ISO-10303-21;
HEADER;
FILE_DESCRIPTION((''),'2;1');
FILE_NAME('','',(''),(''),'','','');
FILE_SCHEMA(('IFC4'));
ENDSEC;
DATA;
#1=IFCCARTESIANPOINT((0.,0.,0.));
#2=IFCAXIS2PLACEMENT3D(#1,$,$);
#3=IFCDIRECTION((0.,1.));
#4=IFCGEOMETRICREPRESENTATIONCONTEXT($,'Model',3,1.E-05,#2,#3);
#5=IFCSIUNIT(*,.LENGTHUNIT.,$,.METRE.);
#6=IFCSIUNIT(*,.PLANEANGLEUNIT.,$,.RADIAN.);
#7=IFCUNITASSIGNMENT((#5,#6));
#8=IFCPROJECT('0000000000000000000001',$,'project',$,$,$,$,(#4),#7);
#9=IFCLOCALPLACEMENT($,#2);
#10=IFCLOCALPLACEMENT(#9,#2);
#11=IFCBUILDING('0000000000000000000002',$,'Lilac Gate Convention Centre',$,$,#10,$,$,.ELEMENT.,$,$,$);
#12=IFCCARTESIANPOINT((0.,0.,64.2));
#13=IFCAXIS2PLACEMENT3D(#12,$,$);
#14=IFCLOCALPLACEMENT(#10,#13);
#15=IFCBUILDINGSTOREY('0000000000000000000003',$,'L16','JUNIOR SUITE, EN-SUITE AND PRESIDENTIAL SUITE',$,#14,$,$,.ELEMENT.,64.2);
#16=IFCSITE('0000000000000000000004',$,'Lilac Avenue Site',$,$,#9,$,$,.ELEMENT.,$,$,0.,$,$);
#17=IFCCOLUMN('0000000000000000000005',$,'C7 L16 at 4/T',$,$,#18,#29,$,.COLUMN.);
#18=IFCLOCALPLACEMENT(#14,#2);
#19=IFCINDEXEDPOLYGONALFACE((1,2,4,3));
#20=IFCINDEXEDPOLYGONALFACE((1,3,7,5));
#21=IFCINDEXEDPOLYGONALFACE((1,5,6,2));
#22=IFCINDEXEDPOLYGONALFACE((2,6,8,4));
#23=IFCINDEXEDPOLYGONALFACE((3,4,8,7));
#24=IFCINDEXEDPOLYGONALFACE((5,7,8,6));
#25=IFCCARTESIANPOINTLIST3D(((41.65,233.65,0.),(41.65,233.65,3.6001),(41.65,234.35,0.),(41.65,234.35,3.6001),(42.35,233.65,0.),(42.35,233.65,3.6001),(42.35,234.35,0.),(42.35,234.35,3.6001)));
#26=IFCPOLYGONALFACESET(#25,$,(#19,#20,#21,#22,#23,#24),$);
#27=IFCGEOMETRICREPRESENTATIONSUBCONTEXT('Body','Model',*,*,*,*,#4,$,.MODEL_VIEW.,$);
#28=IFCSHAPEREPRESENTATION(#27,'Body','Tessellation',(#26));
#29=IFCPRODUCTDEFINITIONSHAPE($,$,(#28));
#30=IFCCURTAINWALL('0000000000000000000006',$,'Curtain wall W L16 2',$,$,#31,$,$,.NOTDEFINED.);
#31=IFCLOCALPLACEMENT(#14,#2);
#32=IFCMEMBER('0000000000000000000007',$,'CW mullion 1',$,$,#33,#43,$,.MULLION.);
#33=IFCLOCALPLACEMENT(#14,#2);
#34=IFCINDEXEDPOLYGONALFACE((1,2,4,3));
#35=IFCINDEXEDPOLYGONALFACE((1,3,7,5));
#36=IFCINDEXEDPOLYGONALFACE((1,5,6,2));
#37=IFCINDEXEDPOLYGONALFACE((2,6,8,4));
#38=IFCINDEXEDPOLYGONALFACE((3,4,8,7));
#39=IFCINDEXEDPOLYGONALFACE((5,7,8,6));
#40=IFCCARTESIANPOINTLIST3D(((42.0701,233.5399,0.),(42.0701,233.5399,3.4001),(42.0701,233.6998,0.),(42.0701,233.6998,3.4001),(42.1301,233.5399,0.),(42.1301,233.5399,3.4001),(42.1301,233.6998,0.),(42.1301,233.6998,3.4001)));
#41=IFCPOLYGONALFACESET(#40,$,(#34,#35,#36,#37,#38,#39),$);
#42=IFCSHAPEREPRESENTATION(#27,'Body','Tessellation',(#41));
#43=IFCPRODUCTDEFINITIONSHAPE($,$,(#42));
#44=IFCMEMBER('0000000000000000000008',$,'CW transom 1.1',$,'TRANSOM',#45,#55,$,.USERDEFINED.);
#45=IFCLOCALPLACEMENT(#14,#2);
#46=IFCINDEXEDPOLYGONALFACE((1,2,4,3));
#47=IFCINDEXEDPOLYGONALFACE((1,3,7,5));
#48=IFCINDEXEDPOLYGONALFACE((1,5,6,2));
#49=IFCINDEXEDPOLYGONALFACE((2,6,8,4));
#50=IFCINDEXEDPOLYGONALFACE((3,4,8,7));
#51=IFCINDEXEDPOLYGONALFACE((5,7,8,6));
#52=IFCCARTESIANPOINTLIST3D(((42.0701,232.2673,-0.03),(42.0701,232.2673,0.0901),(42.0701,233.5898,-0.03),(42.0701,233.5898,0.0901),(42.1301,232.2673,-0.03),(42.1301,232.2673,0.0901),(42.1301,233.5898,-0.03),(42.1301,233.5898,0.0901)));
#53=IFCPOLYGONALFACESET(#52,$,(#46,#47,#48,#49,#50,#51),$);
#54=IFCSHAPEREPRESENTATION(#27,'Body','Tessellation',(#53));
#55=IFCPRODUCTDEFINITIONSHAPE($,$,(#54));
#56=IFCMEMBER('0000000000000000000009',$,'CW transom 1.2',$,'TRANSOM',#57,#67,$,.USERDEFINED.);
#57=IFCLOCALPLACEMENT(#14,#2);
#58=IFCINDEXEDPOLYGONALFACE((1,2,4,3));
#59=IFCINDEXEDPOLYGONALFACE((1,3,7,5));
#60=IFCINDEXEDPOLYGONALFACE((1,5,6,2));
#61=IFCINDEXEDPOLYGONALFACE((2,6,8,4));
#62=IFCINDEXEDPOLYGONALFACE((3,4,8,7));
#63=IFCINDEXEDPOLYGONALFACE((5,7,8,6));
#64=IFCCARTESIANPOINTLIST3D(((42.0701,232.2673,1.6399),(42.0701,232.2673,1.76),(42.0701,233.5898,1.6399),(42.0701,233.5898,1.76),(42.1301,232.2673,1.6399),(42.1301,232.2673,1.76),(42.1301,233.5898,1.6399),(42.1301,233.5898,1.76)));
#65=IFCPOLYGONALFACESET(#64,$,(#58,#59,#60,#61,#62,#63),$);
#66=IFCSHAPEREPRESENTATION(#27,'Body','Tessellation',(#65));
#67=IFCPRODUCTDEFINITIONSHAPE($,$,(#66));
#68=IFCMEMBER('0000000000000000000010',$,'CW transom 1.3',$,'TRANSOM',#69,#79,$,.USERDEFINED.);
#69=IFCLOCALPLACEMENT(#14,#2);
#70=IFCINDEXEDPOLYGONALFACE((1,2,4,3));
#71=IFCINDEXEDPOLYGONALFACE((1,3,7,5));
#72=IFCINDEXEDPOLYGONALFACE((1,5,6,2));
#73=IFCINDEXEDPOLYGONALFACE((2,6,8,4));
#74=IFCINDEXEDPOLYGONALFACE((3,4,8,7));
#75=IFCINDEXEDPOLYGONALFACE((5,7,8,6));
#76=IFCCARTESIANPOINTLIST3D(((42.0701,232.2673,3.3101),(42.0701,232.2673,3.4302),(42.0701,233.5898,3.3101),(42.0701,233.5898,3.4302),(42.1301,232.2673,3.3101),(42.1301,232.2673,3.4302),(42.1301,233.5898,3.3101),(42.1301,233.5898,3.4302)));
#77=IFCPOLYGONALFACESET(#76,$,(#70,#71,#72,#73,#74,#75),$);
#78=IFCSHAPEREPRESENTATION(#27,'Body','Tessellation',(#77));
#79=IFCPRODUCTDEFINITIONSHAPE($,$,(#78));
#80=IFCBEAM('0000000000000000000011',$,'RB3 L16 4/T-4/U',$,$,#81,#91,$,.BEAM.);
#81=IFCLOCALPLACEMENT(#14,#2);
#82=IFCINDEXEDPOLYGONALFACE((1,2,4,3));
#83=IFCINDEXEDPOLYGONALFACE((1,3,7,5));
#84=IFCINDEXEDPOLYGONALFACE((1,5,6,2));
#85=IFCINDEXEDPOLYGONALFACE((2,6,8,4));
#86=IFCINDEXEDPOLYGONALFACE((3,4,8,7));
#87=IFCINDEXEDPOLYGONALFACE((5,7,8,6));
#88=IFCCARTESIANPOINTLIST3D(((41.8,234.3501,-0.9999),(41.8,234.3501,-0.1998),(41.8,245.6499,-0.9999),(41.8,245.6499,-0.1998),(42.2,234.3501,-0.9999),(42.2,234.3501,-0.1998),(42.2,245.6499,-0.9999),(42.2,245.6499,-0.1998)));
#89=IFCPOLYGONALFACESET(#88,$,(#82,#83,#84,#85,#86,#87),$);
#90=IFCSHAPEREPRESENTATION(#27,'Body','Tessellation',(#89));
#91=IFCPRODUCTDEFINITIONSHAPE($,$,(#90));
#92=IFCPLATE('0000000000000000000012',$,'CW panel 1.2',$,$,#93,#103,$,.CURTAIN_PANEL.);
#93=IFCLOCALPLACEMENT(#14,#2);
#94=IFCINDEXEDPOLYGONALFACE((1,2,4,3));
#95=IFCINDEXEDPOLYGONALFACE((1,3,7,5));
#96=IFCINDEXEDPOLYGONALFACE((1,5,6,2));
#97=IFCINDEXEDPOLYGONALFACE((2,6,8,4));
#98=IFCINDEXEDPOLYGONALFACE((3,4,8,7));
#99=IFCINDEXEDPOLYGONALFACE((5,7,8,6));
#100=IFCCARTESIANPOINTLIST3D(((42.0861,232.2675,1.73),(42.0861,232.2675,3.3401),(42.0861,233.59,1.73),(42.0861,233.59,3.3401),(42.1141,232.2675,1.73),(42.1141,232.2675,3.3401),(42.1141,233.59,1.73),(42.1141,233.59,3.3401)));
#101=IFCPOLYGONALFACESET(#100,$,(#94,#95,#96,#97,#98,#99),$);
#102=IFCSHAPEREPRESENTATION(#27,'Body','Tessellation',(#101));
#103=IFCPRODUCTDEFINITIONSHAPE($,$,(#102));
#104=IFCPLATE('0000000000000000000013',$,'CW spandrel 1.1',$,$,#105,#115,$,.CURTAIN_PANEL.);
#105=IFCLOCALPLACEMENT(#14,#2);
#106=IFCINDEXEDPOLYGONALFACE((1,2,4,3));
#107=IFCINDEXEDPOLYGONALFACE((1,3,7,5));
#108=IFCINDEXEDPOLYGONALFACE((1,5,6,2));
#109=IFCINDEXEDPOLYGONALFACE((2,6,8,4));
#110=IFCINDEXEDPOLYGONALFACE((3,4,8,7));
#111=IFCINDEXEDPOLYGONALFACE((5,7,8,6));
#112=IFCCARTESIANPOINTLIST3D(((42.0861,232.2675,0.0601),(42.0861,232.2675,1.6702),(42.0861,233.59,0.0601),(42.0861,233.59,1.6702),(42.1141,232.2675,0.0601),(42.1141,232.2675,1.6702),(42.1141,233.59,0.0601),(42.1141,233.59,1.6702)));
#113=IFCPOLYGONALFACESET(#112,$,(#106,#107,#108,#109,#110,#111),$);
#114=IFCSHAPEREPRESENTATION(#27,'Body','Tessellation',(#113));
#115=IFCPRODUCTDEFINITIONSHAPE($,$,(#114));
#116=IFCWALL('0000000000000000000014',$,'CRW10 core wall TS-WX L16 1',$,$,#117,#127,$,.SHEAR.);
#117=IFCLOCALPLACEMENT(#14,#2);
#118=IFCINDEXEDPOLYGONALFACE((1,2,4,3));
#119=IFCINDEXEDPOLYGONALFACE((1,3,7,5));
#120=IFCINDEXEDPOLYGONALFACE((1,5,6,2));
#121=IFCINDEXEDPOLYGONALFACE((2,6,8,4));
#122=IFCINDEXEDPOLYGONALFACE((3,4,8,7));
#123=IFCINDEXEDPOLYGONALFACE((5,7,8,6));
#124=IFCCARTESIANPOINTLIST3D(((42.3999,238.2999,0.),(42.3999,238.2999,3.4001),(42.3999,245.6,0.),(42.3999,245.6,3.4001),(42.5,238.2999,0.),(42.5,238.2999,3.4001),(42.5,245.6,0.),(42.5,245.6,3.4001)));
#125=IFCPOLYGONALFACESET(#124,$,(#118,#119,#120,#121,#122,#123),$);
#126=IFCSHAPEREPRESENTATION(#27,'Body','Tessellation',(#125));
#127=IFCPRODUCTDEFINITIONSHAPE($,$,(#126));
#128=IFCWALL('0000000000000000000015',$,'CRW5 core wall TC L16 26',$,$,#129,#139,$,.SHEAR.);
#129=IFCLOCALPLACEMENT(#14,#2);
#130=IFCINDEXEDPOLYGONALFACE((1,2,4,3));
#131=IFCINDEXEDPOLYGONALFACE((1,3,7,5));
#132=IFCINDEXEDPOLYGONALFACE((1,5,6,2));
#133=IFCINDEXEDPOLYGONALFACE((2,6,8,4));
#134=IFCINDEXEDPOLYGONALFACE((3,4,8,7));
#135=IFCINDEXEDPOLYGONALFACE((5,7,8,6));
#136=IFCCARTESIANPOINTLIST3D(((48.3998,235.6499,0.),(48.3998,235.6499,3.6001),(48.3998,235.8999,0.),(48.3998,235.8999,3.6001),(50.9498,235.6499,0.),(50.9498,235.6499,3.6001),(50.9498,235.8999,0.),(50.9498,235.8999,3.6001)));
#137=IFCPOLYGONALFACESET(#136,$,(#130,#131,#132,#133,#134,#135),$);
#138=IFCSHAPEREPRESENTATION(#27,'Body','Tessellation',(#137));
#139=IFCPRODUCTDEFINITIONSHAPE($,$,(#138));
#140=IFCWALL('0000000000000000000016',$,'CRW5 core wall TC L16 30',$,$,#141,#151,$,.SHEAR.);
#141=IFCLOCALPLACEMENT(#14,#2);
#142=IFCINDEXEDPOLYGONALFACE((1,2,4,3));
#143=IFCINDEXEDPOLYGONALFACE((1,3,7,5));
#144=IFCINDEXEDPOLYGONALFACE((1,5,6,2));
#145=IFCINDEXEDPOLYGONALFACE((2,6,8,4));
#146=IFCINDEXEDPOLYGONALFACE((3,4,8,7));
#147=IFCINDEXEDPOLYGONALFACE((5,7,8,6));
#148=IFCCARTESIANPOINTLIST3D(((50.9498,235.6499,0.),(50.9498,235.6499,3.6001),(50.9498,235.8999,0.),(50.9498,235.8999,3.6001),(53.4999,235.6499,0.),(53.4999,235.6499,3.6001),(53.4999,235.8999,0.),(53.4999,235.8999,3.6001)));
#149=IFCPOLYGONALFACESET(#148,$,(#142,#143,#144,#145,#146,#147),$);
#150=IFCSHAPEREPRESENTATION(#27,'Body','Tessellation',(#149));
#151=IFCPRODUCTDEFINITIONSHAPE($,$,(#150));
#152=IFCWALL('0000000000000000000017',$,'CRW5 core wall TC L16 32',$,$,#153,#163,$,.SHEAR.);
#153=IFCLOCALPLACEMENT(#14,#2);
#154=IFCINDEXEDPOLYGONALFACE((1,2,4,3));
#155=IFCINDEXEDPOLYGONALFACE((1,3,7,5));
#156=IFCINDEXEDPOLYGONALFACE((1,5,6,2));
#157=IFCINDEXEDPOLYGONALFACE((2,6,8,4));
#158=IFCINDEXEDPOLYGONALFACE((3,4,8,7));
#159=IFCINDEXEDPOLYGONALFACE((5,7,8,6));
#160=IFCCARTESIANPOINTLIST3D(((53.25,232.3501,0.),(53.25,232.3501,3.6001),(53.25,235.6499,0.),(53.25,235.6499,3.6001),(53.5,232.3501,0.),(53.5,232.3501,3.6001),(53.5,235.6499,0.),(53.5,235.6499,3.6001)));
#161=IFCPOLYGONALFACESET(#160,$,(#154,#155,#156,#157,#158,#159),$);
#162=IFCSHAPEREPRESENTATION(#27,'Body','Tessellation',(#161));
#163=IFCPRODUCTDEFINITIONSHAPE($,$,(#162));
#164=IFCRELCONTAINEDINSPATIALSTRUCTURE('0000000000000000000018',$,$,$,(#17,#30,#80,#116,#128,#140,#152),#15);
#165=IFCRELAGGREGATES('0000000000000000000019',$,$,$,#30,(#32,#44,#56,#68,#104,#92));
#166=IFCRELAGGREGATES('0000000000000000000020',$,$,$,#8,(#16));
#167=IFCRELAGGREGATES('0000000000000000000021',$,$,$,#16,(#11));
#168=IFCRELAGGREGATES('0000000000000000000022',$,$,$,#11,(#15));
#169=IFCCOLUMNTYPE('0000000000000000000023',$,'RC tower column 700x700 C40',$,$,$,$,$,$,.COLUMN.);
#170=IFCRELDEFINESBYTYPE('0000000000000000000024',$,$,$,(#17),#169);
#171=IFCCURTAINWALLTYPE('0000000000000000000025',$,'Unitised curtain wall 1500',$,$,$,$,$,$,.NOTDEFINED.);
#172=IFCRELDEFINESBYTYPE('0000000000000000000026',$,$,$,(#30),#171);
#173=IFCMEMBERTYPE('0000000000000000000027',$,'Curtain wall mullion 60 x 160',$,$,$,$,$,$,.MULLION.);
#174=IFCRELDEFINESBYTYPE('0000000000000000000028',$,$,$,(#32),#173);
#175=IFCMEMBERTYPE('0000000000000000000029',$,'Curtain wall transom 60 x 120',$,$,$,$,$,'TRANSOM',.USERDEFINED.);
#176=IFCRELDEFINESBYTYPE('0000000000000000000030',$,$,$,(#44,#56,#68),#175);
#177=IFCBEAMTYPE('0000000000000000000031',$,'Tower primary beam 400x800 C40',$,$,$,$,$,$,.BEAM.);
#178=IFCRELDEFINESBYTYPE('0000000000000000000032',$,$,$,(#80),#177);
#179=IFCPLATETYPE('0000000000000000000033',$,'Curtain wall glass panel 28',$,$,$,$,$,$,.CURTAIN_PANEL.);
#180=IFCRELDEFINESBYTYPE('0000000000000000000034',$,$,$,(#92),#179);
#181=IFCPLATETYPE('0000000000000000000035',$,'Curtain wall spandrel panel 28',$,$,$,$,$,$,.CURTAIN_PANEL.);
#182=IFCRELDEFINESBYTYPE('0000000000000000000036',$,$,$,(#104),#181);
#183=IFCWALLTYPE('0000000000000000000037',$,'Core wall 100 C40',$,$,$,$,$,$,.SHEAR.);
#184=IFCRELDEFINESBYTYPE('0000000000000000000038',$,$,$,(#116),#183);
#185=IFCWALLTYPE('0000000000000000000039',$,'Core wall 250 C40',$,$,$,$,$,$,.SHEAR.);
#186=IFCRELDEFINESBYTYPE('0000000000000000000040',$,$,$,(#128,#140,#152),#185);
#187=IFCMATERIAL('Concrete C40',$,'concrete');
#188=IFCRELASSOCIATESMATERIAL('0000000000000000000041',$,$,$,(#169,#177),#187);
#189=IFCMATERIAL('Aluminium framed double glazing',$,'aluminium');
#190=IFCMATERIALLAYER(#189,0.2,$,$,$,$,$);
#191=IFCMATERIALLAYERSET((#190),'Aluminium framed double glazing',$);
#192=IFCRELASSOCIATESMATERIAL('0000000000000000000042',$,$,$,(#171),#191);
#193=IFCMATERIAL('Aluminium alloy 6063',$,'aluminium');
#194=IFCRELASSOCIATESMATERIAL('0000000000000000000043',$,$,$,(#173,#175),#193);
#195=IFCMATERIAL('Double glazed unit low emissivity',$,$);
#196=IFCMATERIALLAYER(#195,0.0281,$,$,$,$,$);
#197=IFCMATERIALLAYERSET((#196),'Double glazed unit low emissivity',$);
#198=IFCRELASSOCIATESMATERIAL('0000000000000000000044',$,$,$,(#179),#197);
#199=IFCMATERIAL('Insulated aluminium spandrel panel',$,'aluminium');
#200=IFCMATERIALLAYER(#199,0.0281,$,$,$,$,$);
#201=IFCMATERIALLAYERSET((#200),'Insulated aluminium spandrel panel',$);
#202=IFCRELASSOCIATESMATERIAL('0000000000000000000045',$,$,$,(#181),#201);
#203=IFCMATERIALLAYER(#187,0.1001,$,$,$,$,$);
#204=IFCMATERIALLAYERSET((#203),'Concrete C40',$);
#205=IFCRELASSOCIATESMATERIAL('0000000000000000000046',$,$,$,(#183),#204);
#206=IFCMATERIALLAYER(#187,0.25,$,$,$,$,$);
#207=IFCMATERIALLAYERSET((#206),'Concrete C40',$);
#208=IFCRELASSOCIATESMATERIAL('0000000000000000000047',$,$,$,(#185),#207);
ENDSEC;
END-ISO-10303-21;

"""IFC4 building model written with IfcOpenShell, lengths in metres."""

from ifc_helpers import new_model, si_unit, direction, frame, frame_2d, origin, origin_2d, place, context, subcontext, project, spatial, rectangle, extrude, material, layer, layer_set, material_profile, profile_set, type_object, element, aggregate, save


model = new_model("IFC4")

# Units and contexts
model_context = context("Model", 3, precision=1e-05, world=origin(), true_north=direction((0.0, 1.0)))
body_context = subcontext(model_context, "Body", "Model", "MODEL_VIEW")
ifc_project = project(units=[si_unit("LENGTHUNIT", "METRE"), si_unit("PLANEANGLEUNIT", "RADIAN")], contexts=[model_context])

# Site, building, storey
site_placement = place(None, origin())
site = spatial("IfcSite", under=ifc_project, at=site_placement, Name="Lilac Avenue Site", CompositionType="ELEMENT", RefElevation=0.0)
building_placement = place(site_placement, origin())
building = spatial("IfcBuilding", under=site, at=building_placement, Name="Lilac Gate Convention Centre", CompositionType="ELEMENT")
storey_placement = place(building_placement, frame((0.0, 0.0, 64.2)))
storey = spatial("IfcBuildingStorey", under=building, at=storey_placement, Name="L16", Description="JUNIOR SUITE, EN-SUITE AND PRESIDENTIAL SUITE", CompositionType="ELEMENT", Elevation=64.2)

# Column
ifc_material_1 = material(Name="Concrete C40", Category="concrete")
ifc_material_profile_1 = material_profile(ifc_material_1, rectangle(XDim=0.7, YDim=0.7, at=origin_2d()), Name="RC 700x700")
ifc_profile_set_1 = profile_set([ifc_material_profile_1], Name="Concrete C40")
column_type = type_object("IfcColumnType", Name="RC tower column 700x700 C40", PredefinedType="COLUMN", material=ifc_profile_set_1)
column_placement = place(storey_placement, frame((42.0, 234.0, 0.0), z_axis=(0.0, 0.0, 1.0), x_axis=(1.0, 0.0, 0.0)))
element("IfcColumn", 1, at=column_placement, inside=storey, type_object=column_type, Name="C7 L16 at 4/T", PredefinedType="COLUMN", context=body_context, shape_type="SweptSolid", body=[
    extrude(rectangle(XDim=0.7, YDim=0.7, at=origin_2d()), origin(), (0.0, 0.0, 1.0), 3.6001),
])

# Curtain wall, members
ifc_material_2 = material(Name="Aluminium framed double glazing", Category="aluminium")
ifc_layer_1 = layer(ifc_material_2, 0.2)
ifc_layer_set_1 = layer_set([ifc_layer_1], Name="Aluminium framed double glazing")
curtain_wall_type = type_object("IfcCurtainWallType", Name="Unitised curtain wall 1500", PredefinedType="NOTDEFINED", material=ifc_layer_set_1)
curtain_wall_placement = place(storey_placement, origin())
curtain_wall = element("IfcCurtainWall", 2, at=curtain_wall_placement, inside=storey, type_object=curtain_wall_type, Name="Curtain wall W L16 2", PredefinedType="NOTDEFINED")
ifc_material_3 = material(Name="Aluminium alloy 6063", Category="aluminium")
ifc_material_profile_2 = material_profile(ifc_material_3, rectangle(XDim=0.0601, YDim=0.1599, at=origin_2d()), Name="Curtain wall mullion 60 x 160")
ifc_profile_set_2 = profile_set([ifc_material_profile_2], Name="Aluminium alloy 6063")
member_type_1 = type_object("IfcMemberType", Name="Curtain wall mullion 60 x 160", PredefinedType="MULLION", material=ifc_profile_set_2)
member_1_placement = place(storey_placement, frame((42.1001, 233.6199, 0.0), z_axis=(0.0, 0.0, 1.0), x_axis=(1.0, 0.0, 0.0)))
member_1 = element("IfcMember", 3, at=member_1_placement, type_object=member_type_1, Name="CW mullion 1", PredefinedType="MULLION", context=body_context, shape_type="SweptSolid", body=[
    extrude(rectangle(XDim=0.0601, YDim=0.1599, at=origin_2d()), origin(), (0.0, 0.0, 1.0), 3.4001),
])
ifc_material_profile_3 = material_profile(ifc_material_3, rectangle(XDim=0.0601, YDim=0.1201, at=origin_2d()), Name="Curtain wall transom 60 x 120")
ifc_profile_set_3 = profile_set([ifc_material_profile_3], Name="Aluminium alloy 6063")
member_type_2 = type_object("IfcMemberType", Name="Curtain wall transom 60 x 120", ElementType="TRANSOM", PredefinedType="USERDEFINED", material=ifc_profile_set_3)
member_2_placement = place(storey_placement, frame((42.1001, 233.5898, 0.03), z_axis=(0.0, -1.0, 0.0), x_axis=(1.0, 0.0, 0.0)))
member_2 = element("IfcMember", 4, at=member_2_placement, type_object=member_type_2, Name="CW transom 1.1", ObjectType="TRANSOM", PredefinedType="USERDEFINED", context=body_context, shape_type="SweptSolid", body=[
    extrude(rectangle(XDim=0.0601, YDim=0.1201, at=origin_2d()), origin(), (0.0, 0.0, 1.0), 1.3225),
])
member_3_placement = place(storey_placement, frame((42.1001, 233.5898, 1.7), z_axis=(0.0, -1.0, 0.0), x_axis=(1.0, 0.0, 0.0)))
member_3 = element("IfcMember", 5, at=member_3_placement, type_object=member_type_2, Name="CW transom 1.2", ObjectType="TRANSOM", PredefinedType="USERDEFINED", context=body_context, shape_type="SweptSolid", body=[
    extrude(rectangle(XDim=0.0601, YDim=0.1201, at=origin_2d()), origin(), (0.0, 0.0, 1.0), 1.3225),
])
member_4_placement = place(storey_placement, frame((42.1001, 233.5898, 3.3701), z_axis=(0.0, -1.0, 0.0), x_axis=(1.0, 0.0, 0.0)))
member_4 = element("IfcMember", 6, at=member_4_placement, type_object=member_type_2, Name="CW transom 1.3", ObjectType="TRANSOM", PredefinedType="USERDEFINED", context=body_context, shape_type="SweptSolid", body=[
    extrude(rectangle(XDim=0.0601, YDim=0.1201, at=origin_2d()), origin(), (0.0, 0.0, 1.0), 1.3225),
])

# Beam
ifc_material_profile_4 = material_profile(ifc_material_1, rectangle(XDim=0.3999, YDim=0.8, at=origin_2d()), Name="RC 400x800")
ifc_profile_set_4 = profile_set([ifc_material_profile_4], Name="Concrete C40")
beam_type = type_object("IfcBeamType", Name="Tower primary beam 400x800 C40", PredefinedType="BEAM", material=ifc_profile_set_4)
beam_placement = place(storey_placement, frame((42.0, 234.3501, -0.5999), z_axis=(0.0, 1.0, 0.0), x_axis=(-1.0, 0.0, 0.0)))
element("IfcBeam", 7, at=beam_placement, inside=storey, type_object=beam_type, Name="RB3 L16 4/T-4/U", PredefinedType="BEAM", context=body_context, shape_type="SweptSolid", body=[
    extrude(rectangle(XDim=0.3999, YDim=0.8, at=origin_2d()), origin(), (0.0, 0.0, 1.0), 11.2998),
])

# Plates
ifc_material_4 = material(Name="Double glazed unit low emissivity")
ifc_layer_2 = layer(ifc_material_4, 0.0281)
ifc_layer_set_2 = layer_set([ifc_layer_2], Name="Double glazed unit low emissivity")
plate_type_1 = type_object("IfcPlateType", Name="Curtain wall glass panel 28", PredefinedType="CURTAIN_PANEL", material=ifc_layer_set_2)
plate_1_placement = place(storey_placement, frame((42.1001, 232.9287, 1.73), z_axis=(0.0, 0.0, 1.0), x_axis=(0.0, -1.0, 0.0)))
plate_1 = element("IfcPlate", 8, at=plate_1_placement, type_object=plate_type_1, Name="CW panel 1.2", PredefinedType="CURTAIN_PANEL", context=body_context, shape_type="SweptSolid", body=[
    extrude(rectangle(XDim=1.3225, YDim=0.0281, at=origin_2d()), origin(), (0.0, 0.0, 1.0), 1.6101),
])
ifc_material_5 = material(Name="Insulated aluminium spandrel panel", Category="aluminium")
ifc_layer_3 = layer(ifc_material_5, 0.0281)
ifc_layer_set_3 = layer_set([ifc_layer_3], Name="Insulated aluminium spandrel panel")
plate_type_2 = type_object("IfcPlateType", Name="Curtain wall spandrel panel 28", PredefinedType="CURTAIN_PANEL", material=ifc_layer_set_3)
plate_2_placement = place(storey_placement, frame((42.1001, 232.9287, 0.0601), z_axis=(0.0, 0.0, 1.0), x_axis=(0.0, -1.0, 0.0)))
plate_2 = element("IfcPlate", 9, at=plate_2_placement, type_object=plate_type_2, Name="CW spandrel 1.1", PredefinedType="CURTAIN_PANEL", context=body_context, shape_type="SweptSolid", body=[
    extrude(rectangle(XDim=1.3225, YDim=0.0281, at=origin_2d()), origin(), (0.0, 0.0, 1.0), 1.6101),
])
aggregate(curtain_wall, [member_1, member_2, member_3, member_4, plate_2, plate_1])

# Walls
ifc_layer_4 = layer(ifc_material_1, 0.1001)
ifc_layer_set_4 = layer_set([ifc_layer_4], Name="Concrete C40")
wall_type_1 = type_object("IfcWallType", Name="Core wall 100 C40", PredefinedType="SHEAR", material=ifc_layer_set_4)
wall_1_placement = place(storey_placement, frame((42.45, 238.3, 0.0), z_axis=(0.0, 0.0, 1.0), x_axis=(0.0, 1.0, 0.0)))
element("IfcWall", 10, at=wall_1_placement, inside=storey, type_object=wall_type_1, Name="CRW10 core wall TS-WX L16 1", PredefinedType="SHEAR", context=body_context, shape_type="SweptSolid", body=[
    extrude(rectangle(XDim=7.3, YDim=0.1001, at=frame_2d((3.6499, 0.0))), origin(), (0.0, 0.0, 1.0), 3.4001),
])
ifc_layer_5 = layer(ifc_material_1, 0.25)
ifc_layer_set_5 = layer_set([ifc_layer_5], Name="Concrete C40")
wall_type_2 = type_object("IfcWallType", Name="Core wall 250 C40", PredefinedType="SHEAR", material=ifc_layer_set_5)
for number, where, z_axis, x_axis, name in (
    (11, (48.3999, 235.7749, 0.0), (0.0, 0.0, 1.0), (1.0, 0.0, 0.0), "CRW5 core wall TC L16 26"),
    (12, (50.95, 235.7749, 0.0), (0.0, 0.0, 1.0), (1.0, 0.0, 0.0), "CRW5 core wall TC L16 30"),
):
    element("IfcWall", number, at=place(storey_placement, frame(where, z_axis=z_axis, x_axis=x_axis)), inside=storey, type_object=wall_type_2, Name=name, PredefinedType="SHEAR", context=body_context, shape_type="SweptSolid", body=[
        extrude(rectangle(XDim=2.55, YDim=0.25, at=frame_2d((1.2749, 0.0))), origin(), (0.0, 0.0, 1.0), 3.6001),
    ])
wall_2_placement = place(storey_placement, frame((53.375, 232.3501, 0.0), z_axis=(0.0, 0.0, 1.0), x_axis=(0.0, 1.0, 0.0)))
element("IfcWall", 13, at=wall_2_placement, inside=storey, type_object=wall_type_2, Name="CRW5 core wall TC L16 32", PredefinedType="SHEAR", context=body_context, shape_type="SweptSolid", body=[
    extrude(rectangle(XDim=3.2998, YDim=0.25, at=frame_2d((1.6499, 0.0))), origin(), (0.0, 0.0, 1.0), 3.6001),
])

save(model, "model.ifc")
